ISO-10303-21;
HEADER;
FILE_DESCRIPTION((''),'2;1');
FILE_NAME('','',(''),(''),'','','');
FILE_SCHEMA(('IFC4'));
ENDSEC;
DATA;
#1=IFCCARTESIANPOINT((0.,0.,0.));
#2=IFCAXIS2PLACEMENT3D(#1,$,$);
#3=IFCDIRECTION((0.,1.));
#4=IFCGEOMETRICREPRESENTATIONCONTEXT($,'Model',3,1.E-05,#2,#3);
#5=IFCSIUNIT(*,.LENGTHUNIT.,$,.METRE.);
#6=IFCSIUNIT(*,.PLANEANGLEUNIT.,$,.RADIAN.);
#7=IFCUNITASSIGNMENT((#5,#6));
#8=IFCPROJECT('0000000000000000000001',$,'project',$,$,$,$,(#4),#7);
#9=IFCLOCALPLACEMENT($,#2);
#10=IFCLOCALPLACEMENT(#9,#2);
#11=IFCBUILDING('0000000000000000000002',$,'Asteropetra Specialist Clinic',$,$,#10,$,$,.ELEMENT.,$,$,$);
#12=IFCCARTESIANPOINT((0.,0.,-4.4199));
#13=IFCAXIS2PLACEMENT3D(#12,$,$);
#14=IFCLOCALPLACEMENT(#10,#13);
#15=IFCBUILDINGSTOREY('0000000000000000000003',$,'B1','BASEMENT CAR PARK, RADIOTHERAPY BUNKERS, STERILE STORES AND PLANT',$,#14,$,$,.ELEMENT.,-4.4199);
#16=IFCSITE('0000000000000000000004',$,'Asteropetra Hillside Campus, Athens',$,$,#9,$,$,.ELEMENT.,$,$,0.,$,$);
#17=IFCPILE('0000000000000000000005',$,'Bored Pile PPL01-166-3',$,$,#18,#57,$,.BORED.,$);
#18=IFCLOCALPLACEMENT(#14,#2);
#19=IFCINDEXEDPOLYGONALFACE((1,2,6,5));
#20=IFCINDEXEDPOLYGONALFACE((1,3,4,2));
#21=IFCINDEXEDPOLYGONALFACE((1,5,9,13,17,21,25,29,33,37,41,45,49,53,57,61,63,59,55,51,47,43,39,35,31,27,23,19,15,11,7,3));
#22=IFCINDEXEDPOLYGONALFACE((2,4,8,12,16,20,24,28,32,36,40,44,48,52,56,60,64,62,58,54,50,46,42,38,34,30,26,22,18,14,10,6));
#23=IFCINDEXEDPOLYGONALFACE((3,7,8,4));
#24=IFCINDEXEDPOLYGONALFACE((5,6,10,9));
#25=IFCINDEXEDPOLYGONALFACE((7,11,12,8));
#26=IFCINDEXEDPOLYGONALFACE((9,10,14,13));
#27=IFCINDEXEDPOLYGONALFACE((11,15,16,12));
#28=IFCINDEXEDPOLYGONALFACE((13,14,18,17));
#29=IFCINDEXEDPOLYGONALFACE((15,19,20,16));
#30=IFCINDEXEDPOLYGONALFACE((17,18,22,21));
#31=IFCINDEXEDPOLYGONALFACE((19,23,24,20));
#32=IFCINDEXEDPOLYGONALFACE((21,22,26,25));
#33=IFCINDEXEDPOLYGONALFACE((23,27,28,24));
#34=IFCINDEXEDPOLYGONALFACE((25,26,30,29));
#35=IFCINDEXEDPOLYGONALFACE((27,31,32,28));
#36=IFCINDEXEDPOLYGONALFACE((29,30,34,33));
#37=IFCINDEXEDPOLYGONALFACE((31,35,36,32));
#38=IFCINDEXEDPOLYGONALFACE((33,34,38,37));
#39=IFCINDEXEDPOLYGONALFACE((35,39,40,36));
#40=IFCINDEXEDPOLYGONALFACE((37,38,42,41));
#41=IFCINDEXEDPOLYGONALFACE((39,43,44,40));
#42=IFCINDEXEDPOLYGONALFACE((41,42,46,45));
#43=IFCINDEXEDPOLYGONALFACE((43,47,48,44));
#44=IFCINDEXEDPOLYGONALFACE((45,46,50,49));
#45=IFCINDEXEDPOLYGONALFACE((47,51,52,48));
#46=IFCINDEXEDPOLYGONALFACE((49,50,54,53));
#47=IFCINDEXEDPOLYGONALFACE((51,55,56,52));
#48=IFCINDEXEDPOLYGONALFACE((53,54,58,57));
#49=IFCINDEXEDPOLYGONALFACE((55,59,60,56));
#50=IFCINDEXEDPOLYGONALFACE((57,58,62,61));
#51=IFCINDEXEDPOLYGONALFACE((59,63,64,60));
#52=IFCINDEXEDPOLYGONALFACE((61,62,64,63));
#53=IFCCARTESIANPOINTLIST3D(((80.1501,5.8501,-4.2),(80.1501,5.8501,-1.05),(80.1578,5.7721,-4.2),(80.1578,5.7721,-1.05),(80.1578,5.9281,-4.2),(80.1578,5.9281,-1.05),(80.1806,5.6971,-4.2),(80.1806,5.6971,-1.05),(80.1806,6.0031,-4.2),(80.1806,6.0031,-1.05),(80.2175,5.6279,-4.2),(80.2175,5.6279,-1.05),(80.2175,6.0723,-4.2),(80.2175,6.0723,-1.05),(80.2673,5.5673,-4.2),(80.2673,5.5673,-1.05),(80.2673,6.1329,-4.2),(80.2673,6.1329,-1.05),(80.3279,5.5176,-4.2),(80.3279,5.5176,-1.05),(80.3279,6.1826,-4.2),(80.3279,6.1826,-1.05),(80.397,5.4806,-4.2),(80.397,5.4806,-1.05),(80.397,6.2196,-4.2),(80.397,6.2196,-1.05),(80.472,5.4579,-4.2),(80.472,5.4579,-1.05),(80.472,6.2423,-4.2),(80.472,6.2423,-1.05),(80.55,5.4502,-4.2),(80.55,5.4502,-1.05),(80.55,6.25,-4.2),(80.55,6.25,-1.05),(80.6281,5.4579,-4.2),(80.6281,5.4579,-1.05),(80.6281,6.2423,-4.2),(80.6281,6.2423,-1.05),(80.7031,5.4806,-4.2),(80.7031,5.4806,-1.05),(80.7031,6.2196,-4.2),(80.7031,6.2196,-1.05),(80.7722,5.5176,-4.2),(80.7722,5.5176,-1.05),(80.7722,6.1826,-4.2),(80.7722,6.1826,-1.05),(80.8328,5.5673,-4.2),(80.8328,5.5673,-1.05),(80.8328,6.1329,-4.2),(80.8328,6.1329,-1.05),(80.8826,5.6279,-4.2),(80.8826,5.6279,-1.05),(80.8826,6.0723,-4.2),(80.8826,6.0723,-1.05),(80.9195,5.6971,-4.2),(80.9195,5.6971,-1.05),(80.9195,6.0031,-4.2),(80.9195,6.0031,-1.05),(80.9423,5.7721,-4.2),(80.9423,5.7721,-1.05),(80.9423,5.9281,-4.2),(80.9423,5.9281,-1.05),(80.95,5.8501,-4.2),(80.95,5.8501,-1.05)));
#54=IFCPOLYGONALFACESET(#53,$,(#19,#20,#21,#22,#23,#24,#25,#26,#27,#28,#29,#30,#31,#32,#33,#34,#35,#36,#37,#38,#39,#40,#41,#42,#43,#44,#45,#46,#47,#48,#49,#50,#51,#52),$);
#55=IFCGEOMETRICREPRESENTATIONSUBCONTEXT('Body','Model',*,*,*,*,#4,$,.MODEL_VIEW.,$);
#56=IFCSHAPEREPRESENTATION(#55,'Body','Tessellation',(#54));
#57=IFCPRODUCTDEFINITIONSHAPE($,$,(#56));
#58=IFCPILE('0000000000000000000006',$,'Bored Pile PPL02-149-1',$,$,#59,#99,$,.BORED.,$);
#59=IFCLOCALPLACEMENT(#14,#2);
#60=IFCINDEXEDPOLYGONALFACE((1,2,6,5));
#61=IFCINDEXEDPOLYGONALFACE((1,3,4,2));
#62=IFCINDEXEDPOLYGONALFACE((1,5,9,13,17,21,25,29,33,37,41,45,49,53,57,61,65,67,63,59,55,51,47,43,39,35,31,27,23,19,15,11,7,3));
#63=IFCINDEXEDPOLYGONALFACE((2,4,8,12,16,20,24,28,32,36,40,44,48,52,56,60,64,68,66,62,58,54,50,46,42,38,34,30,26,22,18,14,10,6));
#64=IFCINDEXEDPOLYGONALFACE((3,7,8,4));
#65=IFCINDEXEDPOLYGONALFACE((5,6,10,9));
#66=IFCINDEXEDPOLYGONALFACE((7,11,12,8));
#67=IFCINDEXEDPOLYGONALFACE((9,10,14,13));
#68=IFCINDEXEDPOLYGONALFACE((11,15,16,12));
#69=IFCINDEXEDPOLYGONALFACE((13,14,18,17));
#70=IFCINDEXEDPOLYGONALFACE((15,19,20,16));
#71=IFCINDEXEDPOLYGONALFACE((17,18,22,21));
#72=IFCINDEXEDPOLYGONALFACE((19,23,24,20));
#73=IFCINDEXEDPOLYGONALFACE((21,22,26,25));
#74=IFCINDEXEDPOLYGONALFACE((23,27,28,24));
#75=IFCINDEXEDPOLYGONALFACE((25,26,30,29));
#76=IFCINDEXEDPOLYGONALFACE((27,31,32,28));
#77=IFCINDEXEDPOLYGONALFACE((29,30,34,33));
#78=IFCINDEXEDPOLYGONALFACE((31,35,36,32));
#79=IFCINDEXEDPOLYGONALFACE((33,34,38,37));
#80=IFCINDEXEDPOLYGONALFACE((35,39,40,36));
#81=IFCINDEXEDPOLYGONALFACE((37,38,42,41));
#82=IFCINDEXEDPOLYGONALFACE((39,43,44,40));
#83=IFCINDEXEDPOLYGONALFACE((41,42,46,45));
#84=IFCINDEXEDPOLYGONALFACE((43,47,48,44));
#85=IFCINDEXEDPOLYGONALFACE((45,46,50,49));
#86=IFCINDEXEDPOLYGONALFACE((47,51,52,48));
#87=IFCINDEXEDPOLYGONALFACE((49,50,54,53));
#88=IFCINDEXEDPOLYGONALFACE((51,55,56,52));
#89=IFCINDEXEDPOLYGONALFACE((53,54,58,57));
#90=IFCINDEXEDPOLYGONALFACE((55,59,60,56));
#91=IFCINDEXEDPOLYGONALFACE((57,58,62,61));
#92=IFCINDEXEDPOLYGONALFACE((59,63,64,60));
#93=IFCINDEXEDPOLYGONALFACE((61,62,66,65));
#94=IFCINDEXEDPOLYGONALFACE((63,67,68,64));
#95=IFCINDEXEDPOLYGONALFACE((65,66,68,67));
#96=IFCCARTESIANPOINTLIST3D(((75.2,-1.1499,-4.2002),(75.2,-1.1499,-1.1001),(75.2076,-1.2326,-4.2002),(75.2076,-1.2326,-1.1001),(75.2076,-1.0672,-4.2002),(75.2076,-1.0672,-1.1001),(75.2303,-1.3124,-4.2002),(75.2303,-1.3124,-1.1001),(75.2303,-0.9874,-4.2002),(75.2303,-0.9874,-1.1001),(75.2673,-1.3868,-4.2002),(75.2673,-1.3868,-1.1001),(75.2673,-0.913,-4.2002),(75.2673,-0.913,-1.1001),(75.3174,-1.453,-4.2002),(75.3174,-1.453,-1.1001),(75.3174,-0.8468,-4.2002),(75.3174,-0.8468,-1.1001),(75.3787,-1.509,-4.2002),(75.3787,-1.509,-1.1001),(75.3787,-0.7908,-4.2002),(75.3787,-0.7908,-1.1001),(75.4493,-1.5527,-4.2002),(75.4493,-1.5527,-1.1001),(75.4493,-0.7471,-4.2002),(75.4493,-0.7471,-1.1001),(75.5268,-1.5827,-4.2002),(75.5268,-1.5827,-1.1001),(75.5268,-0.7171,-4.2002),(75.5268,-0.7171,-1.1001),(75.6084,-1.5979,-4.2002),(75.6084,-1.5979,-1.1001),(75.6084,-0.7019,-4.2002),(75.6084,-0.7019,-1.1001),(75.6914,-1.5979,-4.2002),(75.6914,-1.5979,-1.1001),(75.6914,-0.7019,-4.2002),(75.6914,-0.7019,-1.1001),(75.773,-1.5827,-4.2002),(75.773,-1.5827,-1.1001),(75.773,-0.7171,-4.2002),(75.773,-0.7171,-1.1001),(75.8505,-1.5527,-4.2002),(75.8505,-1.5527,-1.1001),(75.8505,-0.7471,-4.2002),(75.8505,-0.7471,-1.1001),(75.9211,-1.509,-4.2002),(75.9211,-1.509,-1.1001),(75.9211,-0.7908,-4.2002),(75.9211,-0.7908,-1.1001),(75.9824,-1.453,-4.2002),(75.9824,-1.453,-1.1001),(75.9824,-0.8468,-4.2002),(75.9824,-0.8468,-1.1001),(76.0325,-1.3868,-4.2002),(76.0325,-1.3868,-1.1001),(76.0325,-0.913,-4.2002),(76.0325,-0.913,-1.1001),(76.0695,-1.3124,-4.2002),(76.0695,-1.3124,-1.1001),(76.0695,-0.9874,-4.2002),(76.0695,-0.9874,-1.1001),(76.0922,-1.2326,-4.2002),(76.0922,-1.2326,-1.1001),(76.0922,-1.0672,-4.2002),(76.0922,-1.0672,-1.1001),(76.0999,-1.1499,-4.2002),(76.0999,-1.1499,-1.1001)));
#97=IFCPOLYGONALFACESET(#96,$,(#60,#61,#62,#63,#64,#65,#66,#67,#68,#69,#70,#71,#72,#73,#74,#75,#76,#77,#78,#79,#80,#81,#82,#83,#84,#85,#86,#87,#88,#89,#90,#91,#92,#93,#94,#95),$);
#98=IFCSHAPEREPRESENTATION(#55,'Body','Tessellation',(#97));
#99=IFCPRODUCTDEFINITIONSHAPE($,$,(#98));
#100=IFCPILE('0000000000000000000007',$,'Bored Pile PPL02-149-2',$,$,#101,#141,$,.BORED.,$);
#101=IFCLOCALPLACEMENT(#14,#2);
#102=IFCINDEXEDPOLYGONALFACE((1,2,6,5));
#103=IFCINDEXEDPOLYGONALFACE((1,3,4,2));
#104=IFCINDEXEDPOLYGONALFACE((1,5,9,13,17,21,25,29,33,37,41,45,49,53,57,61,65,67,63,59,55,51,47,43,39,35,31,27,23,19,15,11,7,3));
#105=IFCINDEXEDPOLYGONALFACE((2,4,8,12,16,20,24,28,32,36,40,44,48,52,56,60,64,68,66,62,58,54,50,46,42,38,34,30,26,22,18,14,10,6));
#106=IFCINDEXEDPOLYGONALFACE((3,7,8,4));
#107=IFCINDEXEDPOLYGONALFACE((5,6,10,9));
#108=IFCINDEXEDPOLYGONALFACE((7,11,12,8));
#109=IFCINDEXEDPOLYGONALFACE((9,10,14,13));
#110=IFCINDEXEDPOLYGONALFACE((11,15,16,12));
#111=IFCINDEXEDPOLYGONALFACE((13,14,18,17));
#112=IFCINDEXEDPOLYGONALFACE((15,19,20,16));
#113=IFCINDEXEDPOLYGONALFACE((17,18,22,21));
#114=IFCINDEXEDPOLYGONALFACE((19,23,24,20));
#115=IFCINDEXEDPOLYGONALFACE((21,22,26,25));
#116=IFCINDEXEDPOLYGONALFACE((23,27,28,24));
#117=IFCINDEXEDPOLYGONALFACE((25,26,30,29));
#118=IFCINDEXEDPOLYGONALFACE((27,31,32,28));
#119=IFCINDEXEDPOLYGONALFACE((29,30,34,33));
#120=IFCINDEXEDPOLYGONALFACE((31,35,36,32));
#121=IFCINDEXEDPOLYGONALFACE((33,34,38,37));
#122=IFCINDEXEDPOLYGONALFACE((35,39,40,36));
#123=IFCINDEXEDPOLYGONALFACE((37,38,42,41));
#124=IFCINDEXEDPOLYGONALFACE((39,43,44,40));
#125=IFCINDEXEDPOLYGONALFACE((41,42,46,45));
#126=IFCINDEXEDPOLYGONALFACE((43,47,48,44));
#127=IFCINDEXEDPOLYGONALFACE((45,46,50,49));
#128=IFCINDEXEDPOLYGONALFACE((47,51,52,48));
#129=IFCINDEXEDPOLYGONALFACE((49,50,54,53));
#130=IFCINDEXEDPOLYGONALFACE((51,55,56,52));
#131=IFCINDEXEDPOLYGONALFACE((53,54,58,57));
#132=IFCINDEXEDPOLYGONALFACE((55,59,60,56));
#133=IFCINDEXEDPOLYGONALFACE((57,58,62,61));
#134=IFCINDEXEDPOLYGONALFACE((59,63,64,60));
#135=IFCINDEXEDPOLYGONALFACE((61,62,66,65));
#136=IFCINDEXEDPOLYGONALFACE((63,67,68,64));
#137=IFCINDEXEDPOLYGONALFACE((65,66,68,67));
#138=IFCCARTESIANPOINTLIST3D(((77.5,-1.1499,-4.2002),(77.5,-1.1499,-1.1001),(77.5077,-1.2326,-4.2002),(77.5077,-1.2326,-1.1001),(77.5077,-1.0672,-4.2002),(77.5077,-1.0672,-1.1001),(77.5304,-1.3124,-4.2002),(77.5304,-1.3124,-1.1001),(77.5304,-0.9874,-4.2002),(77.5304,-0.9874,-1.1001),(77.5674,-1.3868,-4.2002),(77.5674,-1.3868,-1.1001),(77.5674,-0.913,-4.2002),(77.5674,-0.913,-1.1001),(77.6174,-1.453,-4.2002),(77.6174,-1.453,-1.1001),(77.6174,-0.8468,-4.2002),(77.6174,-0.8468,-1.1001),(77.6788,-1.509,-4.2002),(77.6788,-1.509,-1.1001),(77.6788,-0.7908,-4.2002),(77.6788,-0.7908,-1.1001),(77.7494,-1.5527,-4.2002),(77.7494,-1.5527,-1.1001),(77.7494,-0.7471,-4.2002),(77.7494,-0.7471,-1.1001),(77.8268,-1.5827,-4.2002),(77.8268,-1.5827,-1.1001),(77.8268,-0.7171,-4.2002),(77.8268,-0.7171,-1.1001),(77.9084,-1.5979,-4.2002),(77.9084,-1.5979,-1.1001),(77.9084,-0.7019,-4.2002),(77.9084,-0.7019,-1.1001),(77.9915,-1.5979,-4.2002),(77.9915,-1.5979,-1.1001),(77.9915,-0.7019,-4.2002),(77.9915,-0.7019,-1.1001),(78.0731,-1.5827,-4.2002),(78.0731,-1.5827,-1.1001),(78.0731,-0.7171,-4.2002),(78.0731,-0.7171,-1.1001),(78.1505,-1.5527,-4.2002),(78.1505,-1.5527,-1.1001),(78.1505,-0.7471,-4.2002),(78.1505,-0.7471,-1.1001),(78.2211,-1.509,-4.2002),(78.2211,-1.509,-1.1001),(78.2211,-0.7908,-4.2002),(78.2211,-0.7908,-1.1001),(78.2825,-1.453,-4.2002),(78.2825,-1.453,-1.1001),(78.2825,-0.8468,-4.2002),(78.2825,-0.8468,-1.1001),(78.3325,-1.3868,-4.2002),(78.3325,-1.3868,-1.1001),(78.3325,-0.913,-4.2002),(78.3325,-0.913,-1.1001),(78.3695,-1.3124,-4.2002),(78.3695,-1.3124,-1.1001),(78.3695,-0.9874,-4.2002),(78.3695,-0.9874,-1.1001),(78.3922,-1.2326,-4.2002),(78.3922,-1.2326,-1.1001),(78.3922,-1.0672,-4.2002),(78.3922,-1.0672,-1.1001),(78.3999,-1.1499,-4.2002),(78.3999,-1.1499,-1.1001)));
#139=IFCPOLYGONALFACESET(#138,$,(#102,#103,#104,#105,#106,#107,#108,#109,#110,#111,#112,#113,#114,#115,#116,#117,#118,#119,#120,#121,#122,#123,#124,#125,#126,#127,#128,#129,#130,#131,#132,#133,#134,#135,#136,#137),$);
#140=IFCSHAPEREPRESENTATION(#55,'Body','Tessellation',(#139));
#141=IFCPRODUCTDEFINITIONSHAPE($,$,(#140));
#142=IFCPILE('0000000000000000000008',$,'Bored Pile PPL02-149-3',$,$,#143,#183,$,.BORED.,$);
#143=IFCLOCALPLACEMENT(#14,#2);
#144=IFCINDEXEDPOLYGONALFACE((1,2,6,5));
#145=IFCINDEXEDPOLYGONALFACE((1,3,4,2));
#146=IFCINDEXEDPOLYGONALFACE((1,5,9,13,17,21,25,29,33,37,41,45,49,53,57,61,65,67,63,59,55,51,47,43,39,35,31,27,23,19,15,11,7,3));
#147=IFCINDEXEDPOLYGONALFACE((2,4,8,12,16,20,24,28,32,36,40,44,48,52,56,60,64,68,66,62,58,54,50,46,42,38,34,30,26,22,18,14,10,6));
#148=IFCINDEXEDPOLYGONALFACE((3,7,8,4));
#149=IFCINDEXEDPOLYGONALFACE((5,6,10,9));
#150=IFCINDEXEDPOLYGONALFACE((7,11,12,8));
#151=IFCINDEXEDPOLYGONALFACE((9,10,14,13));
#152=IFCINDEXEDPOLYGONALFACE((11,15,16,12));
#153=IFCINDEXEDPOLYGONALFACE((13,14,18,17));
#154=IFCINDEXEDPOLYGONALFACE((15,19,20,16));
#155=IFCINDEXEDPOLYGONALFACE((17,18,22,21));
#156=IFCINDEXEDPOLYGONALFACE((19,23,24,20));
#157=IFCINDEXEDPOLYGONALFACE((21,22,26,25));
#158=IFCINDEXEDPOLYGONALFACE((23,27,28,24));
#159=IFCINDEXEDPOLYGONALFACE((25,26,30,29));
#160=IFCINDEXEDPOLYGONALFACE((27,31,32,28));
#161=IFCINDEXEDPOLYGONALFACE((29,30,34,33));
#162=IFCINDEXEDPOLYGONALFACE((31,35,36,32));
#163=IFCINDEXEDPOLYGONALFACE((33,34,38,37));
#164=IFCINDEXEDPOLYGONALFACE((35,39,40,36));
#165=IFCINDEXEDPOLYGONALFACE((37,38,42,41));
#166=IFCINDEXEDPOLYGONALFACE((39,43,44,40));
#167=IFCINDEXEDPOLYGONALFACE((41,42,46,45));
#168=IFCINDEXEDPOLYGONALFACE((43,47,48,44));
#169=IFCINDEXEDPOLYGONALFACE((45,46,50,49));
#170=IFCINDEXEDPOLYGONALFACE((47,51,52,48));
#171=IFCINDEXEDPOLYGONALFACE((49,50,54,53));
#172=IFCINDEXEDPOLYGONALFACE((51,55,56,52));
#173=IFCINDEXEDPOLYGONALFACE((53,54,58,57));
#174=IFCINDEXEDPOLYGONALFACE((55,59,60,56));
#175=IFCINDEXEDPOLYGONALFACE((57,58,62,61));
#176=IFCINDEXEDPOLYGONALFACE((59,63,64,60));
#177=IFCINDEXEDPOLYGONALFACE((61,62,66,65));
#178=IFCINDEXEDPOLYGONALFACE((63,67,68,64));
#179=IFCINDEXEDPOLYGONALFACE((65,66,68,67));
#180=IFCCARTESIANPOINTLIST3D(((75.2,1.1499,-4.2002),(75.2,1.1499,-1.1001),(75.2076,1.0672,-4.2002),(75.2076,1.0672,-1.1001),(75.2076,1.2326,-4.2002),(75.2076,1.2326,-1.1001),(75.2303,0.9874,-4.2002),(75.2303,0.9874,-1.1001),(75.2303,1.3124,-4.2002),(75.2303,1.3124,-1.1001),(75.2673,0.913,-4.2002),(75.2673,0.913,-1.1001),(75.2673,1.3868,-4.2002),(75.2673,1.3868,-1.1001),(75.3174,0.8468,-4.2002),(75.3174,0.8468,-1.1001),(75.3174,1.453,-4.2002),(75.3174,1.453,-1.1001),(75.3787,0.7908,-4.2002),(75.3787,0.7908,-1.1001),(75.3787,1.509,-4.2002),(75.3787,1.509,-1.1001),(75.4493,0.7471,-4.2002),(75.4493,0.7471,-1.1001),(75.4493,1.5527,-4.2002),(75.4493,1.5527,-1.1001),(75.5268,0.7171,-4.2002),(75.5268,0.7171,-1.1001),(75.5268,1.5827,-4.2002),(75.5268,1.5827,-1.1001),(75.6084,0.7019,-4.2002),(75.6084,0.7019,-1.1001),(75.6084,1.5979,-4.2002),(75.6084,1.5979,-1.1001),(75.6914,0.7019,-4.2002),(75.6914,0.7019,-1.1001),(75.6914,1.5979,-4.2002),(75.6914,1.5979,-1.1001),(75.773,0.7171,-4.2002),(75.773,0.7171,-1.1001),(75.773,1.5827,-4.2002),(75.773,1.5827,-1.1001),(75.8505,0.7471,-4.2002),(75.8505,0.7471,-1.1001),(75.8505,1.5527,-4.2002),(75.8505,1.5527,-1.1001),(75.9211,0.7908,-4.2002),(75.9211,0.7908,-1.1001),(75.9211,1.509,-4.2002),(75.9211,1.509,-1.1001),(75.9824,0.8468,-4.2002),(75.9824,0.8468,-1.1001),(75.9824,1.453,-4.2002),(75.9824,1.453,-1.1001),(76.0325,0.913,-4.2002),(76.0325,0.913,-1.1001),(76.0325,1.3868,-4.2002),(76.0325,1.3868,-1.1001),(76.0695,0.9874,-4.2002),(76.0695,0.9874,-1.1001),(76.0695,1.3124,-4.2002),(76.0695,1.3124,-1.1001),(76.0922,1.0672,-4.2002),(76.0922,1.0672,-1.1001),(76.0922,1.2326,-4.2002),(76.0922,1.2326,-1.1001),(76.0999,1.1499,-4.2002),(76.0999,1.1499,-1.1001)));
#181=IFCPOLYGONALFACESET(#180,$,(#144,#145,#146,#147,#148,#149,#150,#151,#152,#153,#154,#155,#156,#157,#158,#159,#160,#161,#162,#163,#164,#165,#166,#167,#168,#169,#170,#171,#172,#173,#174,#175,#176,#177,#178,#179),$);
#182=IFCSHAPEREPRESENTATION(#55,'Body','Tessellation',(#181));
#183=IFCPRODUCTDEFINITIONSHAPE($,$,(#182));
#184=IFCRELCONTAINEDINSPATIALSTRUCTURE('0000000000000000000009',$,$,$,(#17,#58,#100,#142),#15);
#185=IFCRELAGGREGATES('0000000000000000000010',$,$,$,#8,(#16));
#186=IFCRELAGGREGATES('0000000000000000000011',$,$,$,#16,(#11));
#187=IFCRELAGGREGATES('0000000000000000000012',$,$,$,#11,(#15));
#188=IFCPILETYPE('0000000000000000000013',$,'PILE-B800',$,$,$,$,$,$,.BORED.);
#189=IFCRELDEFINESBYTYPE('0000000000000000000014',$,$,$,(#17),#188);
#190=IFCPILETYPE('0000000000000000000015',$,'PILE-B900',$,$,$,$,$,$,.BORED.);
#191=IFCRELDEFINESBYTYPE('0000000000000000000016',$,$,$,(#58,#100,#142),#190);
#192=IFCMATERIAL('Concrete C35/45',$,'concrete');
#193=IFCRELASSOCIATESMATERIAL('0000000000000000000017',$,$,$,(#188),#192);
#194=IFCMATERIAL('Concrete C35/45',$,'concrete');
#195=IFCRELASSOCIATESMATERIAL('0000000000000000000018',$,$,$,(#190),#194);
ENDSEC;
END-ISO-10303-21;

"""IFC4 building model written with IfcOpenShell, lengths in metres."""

from ifc_helpers import new_model, si_unit, direction, frame, origin, origin_2d, place, context, subcontext, project, spatial, circle, extrude, material, material_profile, profile_set, type_object, element, save


model = new_model("IFC4")

# Units and contexts
model_context = context("Model", 3, precision=1e-05, world=origin(), true_north=direction((0.0, 1.0)))
body_context = subcontext(model_context, "Body", "Model", "MODEL_VIEW")
ifc_project = project(units=[si_unit("LENGTHUNIT", "METRE"), si_unit("PLANEANGLEUNIT", "RADIAN")], contexts=[model_context])

# Site, building, storey
site_placement = place(None, origin())
site = spatial("IfcSite", under=ifc_project, at=site_placement, Name="Asteropetra Hillside Campus, Athens", CompositionType="ELEMENT", RefElevation=0.0)
building_placement = place(site_placement, origin())
building = spatial("IfcBuilding", under=site, at=building_placement, Name="Asteropetra Specialist Clinic", CompositionType="ELEMENT")
storey_placement = place(building_placement, frame((0.0, 0.0, -4.4199)))
storey = spatial("IfcBuildingStorey", under=building, at=storey_placement, Name="B1", Description="BASEMENT CAR PARK, RADIOTHERAPY BUNKERS, STERILE STORES AND PLANT", CompositionType="ELEMENT", Elevation=-4.4199)

# Piles
ifc_material_1 = material(Name="Concrete C35/45", Category="concrete")
ifc_material_profile_1 = material_profile(ifc_material_1, circle(Radius=0.3999, at=origin_2d()), Name="PILE D800")
ifc_profile_set_1 = profile_set([ifc_material_profile_1], Name="Concrete C35/45")
pile_type_1 = type_object("IfcPileType", Name="PILE-B800", PredefinedType="BORED", material=ifc_profile_set_1)
for number, where, z_axis, x_axis, name in (
    (1, (80.55, 5.8501, -1.05), (0.0, 0.0, -1.0), (1.0, 0.0, 0.0), "Bored Pile PPL01-166-3"),
):
    element("IfcPile", number, at=place(storey_placement, frame(where, z_axis=z_axis, x_axis=x_axis)), inside=storey, type_object=pile_type_1, Name=name, PredefinedType="BORED", context=body_context, shape_type="SweptSolid", body=[
        extrude(circle(Radius=0.3999, at=origin_2d()), origin(), (0.0, 0.0, 1.0), 3.1499),
    ])
ifc_material_2 = material(Name="Concrete C35/45", Category="concrete")
ifc_material_profile_2 = material_profile(ifc_material_2, circle(Radius=0.45, at=origin_2d()), Name="PILE D900")
ifc_profile_set_2 = profile_set([ifc_material_profile_2], Name="Concrete C35/45")
pile_type_2 = type_object("IfcPileType", Name="PILE-B900", PredefinedType="BORED", material=ifc_profile_set_2)
for number, where, z_axis, x_axis, name in (
    (2, (75.6499, -1.1499, -1.1001), (0.0, 0.0, -1.0), (1.0, 0.0, 0.0), "Bored Pile PPL02-149-1"),
    (3, (77.95, -1.1499, -1.1001), (0.0, 0.0, -1.0), (1.0, 0.0, 0.0), "Bored Pile PPL02-149-2"),
    (4, (75.6499, 1.1499, -1.1001), (0.0, 0.0, -1.0), (1.0, 0.0, 0.0), "Bored Pile PPL02-149-3"),
):
    element("IfcPile", number, at=place(storey_placement, frame(where, z_axis=z_axis, x_axis=x_axis)), inside=storey, type_object=pile_type_2, Name=name, PredefinedType="BORED", context=body_context, shape_type="SweptSolid", body=[
        extrude(circle(Radius=0.45, at=origin_2d()), origin(), (0.0, 0.0, 1.0), 3.1001),
    ])

save(model, "model.ifc")
